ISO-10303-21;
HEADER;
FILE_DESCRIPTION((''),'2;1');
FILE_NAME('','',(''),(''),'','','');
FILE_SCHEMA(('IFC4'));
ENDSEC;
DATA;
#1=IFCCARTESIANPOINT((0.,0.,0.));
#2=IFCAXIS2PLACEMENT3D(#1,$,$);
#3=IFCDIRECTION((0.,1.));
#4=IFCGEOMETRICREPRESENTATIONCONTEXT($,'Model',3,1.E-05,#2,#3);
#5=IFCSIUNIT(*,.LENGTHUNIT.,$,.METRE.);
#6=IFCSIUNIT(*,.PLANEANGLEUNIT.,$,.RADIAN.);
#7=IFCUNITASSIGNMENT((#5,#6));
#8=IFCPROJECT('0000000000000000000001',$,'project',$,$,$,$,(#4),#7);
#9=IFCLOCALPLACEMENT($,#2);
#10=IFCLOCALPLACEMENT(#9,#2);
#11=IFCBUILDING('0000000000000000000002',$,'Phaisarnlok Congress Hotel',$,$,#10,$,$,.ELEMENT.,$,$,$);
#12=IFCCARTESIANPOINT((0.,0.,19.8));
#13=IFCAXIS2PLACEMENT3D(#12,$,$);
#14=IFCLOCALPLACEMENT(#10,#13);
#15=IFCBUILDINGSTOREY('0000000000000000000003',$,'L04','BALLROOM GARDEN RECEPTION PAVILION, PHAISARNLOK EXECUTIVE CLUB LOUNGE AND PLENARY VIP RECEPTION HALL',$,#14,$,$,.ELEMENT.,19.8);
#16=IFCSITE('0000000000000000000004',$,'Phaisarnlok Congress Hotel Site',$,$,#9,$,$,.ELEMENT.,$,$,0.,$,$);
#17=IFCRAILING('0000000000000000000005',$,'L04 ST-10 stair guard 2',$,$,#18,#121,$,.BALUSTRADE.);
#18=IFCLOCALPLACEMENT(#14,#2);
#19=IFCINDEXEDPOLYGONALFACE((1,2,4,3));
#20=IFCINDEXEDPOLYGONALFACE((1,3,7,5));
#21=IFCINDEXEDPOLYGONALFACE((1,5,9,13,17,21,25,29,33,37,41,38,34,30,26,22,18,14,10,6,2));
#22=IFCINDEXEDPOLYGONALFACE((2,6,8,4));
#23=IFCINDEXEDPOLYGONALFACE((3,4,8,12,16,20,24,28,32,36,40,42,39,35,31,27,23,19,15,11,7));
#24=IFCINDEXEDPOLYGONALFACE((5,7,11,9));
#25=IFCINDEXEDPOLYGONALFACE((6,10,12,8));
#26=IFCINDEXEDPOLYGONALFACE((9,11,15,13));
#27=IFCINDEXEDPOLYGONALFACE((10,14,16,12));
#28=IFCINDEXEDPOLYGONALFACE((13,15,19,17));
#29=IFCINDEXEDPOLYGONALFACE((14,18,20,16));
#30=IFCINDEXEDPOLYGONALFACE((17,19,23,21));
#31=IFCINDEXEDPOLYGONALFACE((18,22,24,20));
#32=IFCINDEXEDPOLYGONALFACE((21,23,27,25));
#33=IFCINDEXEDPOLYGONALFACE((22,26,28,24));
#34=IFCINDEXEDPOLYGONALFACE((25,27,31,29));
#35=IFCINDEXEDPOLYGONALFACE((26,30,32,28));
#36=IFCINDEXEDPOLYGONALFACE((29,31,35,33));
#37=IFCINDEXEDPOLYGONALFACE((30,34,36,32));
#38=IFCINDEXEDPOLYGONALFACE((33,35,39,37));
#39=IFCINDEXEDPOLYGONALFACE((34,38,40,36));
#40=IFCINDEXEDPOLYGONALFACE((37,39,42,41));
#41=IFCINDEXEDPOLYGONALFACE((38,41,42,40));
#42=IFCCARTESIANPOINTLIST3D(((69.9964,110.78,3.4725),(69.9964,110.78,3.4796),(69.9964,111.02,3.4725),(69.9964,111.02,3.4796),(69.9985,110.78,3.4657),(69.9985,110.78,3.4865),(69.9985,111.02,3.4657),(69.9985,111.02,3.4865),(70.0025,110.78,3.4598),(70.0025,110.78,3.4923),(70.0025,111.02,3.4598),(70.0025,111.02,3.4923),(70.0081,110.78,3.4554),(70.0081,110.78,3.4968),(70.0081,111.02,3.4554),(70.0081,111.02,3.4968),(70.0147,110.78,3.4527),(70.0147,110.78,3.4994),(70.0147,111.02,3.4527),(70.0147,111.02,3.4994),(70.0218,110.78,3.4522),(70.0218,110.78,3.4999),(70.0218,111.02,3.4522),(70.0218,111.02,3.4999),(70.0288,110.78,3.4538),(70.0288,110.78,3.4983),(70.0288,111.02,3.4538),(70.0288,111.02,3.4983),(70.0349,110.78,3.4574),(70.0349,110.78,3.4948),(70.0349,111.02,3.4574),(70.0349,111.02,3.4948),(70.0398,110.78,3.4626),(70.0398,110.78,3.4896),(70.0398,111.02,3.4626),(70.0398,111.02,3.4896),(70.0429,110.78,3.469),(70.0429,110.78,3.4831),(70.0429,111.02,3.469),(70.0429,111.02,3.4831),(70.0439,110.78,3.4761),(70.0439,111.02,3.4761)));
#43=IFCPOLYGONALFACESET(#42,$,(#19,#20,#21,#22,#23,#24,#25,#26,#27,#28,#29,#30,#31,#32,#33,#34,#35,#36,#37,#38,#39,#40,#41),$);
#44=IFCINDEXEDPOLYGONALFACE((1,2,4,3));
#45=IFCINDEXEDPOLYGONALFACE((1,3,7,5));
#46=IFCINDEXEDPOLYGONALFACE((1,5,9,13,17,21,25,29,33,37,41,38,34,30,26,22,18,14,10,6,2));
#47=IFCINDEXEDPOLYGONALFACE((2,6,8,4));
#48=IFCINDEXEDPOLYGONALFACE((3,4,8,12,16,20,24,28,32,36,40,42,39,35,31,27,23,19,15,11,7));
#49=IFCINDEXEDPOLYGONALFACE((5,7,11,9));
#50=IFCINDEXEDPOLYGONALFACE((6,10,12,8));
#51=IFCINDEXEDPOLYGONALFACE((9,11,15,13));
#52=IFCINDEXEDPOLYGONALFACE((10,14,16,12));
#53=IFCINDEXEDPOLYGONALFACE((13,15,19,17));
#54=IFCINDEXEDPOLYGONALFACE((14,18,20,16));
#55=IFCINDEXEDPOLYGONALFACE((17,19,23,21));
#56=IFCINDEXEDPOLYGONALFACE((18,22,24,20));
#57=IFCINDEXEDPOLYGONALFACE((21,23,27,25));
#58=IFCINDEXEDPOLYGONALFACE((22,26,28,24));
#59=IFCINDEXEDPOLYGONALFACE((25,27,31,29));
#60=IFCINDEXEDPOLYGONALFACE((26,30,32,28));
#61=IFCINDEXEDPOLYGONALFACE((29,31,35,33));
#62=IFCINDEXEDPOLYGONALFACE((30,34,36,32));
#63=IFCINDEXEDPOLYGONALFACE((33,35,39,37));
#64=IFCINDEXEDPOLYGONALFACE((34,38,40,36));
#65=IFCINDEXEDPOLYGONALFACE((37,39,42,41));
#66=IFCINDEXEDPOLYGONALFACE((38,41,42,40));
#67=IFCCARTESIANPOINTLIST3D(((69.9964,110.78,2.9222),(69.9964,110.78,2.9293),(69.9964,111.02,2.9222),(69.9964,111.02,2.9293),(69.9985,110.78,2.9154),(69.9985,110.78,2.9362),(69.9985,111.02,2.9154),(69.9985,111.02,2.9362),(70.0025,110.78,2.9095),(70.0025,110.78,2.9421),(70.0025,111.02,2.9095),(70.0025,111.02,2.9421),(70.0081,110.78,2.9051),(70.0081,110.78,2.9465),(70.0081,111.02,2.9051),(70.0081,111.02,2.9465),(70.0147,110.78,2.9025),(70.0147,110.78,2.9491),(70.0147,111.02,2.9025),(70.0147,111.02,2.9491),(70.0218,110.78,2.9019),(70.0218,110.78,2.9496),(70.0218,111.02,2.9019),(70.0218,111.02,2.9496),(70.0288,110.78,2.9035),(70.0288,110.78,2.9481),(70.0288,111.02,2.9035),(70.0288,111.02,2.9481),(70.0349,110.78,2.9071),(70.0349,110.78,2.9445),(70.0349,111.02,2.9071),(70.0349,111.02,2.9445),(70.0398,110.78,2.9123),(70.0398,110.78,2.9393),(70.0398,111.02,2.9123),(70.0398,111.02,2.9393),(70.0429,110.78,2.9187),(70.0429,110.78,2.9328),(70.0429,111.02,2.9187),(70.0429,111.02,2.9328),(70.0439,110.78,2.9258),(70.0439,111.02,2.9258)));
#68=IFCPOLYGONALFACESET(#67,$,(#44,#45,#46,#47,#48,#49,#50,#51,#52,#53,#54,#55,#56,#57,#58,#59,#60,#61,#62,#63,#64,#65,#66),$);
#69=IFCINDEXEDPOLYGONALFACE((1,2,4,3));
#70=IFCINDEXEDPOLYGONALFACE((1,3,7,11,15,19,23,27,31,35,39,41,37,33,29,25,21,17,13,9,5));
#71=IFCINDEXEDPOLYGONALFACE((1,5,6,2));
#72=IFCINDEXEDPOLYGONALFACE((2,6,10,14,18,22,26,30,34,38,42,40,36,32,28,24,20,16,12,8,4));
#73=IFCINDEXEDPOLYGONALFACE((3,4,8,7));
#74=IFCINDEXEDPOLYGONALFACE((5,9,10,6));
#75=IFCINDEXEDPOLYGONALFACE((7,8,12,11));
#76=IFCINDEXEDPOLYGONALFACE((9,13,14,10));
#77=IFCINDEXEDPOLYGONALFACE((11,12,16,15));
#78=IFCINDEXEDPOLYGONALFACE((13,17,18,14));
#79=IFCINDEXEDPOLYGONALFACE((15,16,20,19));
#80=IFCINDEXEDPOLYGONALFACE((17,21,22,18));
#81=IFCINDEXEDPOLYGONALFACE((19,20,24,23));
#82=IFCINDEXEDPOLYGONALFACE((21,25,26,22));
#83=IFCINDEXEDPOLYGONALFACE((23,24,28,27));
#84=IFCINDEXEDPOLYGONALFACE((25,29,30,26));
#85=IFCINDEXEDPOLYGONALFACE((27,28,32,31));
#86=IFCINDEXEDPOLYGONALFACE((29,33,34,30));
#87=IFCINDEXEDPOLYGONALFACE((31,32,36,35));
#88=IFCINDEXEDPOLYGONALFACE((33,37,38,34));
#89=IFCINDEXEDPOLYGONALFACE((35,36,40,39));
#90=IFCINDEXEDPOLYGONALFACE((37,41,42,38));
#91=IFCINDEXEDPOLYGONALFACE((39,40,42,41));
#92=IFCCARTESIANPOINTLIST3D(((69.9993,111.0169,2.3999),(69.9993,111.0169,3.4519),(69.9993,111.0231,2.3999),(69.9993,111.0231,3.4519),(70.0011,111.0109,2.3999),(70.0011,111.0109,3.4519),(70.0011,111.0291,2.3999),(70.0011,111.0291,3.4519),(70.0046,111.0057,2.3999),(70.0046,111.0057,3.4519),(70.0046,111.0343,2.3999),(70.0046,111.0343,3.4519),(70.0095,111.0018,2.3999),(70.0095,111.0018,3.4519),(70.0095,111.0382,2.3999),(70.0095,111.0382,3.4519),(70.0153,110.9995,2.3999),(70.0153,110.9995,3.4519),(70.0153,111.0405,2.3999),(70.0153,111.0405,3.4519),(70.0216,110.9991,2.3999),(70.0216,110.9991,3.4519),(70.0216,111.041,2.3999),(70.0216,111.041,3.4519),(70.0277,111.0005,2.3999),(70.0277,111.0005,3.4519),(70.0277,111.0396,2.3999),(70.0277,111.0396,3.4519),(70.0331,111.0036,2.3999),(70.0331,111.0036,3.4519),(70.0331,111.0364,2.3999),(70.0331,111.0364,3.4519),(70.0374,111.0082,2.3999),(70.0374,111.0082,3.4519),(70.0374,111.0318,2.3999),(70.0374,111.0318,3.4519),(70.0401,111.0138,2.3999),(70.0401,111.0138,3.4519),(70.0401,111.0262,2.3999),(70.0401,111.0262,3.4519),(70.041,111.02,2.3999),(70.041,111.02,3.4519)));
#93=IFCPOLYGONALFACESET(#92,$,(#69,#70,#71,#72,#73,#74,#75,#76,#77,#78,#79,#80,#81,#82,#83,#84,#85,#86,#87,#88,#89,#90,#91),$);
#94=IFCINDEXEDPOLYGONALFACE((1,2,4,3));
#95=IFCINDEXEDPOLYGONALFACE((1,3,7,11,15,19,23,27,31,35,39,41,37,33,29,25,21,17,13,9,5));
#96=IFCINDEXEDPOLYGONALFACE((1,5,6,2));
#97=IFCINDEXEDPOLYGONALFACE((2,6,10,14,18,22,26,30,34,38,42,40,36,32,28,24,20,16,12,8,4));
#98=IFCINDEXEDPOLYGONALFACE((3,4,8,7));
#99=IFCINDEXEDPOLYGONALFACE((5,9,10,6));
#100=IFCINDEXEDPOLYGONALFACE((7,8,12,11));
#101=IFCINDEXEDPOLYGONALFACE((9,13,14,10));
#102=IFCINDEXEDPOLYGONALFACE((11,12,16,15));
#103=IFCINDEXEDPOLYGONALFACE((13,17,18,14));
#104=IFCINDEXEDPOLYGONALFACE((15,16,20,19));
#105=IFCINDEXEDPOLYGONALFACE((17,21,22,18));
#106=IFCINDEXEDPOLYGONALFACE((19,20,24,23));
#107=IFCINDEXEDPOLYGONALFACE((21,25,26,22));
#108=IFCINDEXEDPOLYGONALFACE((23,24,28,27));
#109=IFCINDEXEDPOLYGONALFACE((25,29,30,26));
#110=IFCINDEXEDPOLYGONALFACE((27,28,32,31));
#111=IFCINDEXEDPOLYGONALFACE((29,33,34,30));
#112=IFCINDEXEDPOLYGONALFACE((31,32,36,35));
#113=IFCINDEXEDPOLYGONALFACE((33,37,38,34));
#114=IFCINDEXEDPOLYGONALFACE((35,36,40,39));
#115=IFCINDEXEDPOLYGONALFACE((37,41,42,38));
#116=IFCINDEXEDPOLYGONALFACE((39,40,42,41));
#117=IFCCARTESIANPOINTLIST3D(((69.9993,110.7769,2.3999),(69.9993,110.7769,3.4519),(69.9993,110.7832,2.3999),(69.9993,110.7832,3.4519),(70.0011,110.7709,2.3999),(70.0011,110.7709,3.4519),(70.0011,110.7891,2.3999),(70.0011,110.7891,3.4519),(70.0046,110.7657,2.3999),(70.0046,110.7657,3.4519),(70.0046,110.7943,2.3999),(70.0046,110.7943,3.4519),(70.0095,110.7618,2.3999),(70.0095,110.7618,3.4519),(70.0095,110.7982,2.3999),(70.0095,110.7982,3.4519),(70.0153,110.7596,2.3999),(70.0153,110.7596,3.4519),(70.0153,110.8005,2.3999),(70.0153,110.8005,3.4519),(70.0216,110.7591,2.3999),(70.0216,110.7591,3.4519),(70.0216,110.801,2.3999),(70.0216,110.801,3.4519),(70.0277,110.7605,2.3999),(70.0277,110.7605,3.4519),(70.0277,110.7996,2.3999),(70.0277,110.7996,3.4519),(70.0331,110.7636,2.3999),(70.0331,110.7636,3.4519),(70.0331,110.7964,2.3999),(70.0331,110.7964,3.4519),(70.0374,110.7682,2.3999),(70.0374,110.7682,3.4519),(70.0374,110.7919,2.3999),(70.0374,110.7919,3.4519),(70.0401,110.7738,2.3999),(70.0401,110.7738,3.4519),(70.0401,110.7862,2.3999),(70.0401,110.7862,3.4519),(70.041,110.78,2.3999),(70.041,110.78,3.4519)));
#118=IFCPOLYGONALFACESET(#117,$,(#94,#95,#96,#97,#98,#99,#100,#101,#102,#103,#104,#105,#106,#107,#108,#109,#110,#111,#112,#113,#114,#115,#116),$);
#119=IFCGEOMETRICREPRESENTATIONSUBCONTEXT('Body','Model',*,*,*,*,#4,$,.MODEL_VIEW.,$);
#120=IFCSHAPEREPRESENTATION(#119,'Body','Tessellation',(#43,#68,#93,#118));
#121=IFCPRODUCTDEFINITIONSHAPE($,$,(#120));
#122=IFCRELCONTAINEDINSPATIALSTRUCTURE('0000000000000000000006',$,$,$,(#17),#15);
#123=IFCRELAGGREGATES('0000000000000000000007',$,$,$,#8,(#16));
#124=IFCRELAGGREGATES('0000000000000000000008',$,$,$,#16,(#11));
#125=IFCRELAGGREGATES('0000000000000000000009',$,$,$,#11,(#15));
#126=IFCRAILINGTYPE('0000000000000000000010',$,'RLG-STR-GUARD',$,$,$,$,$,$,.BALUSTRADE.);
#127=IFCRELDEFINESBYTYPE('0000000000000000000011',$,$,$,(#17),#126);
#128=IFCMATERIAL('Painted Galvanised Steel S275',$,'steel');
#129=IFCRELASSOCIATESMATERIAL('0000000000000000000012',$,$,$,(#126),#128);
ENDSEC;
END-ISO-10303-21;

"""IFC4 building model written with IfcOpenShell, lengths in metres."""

from ifc_helpers import new_model, si_unit, direction, frame, origin, origin_2d, place, context, subcontext, project, spatial, circle, extrude, material, type_object, element, save


model = new_model("IFC4")

# Units and contexts
model_context = context("Model", 3, precision=1e-05, world=origin(), true_north=direction((0.0, 1.0)))
body_context = subcontext(model_context, "Body", "Model", "MODEL_VIEW")
ifc_project = project(units=[si_unit("LENGTHUNIT", "METRE"), si_unit("PLANEANGLEUNIT", "RADIAN")], contexts=[model_context])

# Site, building, storey
site_placement = place(None, origin())
site = spatial("IfcSite", under=ifc_project, at=site_placement, Name="Phaisarnlok Congress Hotel Site", CompositionType="ELEMENT", RefElevation=0.0)
building_placement = place(site_placement, origin())
building = spatial("IfcBuilding", under=site, at=building_placement, Name="Phaisarnlok Congress Hotel", CompositionType="ELEMENT")
storey_placement = place(building_placement, frame((0.0, 0.0, 19.8)))
storey = spatial("IfcBuildingStorey", under=building, at=storey_placement, Name="L04", Description="BALLROOM GARDEN RECEPTION PAVILION, PHAISARNLOK EXECUTIVE CLUB LOUNGE AND PLENARY VIP RECEPTION HALL", CompositionType="ELEMENT", Elevation=19.8)

# Railing
ifc_material_1 = material(Name="Painted Galvanised Steel S275", Category="steel")
railing_type_1 = type_object("IfcRailingType", Name="RLG-STR-GUARD", PredefinedType="BALUSTRADE", material=ifc_material_1)
railing_1_placement = place(storey_placement, frame((70.02, 111.02, 2.3999)))
element("IfcRailing", 1, at=railing_1_placement, inside=storey, type_object=railing_type_1, Name="L04 ST-10 stair guard 2", PredefinedType="BALUSTRADE", context=body_context, shape_type="SweptSolid", body=[
    extrude(circle(Radius=0.0239, at=origin_2d()), frame((0.0, 0.0, 1.0762), z_axis=(0.0, -1.0, 0.0), x_axis=(1.0, 0.0, 0.0)), (0.0, 0.0, 1.0), 0.24),
    extrude(circle(Radius=0.0239, at=origin_2d()), frame((0.0, 0.0, 0.5259), z_axis=(0.0, -1.0, 0.0), x_axis=(1.0, 0.0, 0.0)), (0.0, 0.0, 1.0), 0.24),
    extrude(circle(Radius=0.021, at=origin_2d()), origin(), (0.0, 0.0, 1.0), 1.052),
    extrude(circle(Radius=0.021, at=origin_2d()), frame((0.0, -0.24, 0.0)), (0.0, 0.0, 1.0), 1.052),
])

save(model, "model.ifc")
